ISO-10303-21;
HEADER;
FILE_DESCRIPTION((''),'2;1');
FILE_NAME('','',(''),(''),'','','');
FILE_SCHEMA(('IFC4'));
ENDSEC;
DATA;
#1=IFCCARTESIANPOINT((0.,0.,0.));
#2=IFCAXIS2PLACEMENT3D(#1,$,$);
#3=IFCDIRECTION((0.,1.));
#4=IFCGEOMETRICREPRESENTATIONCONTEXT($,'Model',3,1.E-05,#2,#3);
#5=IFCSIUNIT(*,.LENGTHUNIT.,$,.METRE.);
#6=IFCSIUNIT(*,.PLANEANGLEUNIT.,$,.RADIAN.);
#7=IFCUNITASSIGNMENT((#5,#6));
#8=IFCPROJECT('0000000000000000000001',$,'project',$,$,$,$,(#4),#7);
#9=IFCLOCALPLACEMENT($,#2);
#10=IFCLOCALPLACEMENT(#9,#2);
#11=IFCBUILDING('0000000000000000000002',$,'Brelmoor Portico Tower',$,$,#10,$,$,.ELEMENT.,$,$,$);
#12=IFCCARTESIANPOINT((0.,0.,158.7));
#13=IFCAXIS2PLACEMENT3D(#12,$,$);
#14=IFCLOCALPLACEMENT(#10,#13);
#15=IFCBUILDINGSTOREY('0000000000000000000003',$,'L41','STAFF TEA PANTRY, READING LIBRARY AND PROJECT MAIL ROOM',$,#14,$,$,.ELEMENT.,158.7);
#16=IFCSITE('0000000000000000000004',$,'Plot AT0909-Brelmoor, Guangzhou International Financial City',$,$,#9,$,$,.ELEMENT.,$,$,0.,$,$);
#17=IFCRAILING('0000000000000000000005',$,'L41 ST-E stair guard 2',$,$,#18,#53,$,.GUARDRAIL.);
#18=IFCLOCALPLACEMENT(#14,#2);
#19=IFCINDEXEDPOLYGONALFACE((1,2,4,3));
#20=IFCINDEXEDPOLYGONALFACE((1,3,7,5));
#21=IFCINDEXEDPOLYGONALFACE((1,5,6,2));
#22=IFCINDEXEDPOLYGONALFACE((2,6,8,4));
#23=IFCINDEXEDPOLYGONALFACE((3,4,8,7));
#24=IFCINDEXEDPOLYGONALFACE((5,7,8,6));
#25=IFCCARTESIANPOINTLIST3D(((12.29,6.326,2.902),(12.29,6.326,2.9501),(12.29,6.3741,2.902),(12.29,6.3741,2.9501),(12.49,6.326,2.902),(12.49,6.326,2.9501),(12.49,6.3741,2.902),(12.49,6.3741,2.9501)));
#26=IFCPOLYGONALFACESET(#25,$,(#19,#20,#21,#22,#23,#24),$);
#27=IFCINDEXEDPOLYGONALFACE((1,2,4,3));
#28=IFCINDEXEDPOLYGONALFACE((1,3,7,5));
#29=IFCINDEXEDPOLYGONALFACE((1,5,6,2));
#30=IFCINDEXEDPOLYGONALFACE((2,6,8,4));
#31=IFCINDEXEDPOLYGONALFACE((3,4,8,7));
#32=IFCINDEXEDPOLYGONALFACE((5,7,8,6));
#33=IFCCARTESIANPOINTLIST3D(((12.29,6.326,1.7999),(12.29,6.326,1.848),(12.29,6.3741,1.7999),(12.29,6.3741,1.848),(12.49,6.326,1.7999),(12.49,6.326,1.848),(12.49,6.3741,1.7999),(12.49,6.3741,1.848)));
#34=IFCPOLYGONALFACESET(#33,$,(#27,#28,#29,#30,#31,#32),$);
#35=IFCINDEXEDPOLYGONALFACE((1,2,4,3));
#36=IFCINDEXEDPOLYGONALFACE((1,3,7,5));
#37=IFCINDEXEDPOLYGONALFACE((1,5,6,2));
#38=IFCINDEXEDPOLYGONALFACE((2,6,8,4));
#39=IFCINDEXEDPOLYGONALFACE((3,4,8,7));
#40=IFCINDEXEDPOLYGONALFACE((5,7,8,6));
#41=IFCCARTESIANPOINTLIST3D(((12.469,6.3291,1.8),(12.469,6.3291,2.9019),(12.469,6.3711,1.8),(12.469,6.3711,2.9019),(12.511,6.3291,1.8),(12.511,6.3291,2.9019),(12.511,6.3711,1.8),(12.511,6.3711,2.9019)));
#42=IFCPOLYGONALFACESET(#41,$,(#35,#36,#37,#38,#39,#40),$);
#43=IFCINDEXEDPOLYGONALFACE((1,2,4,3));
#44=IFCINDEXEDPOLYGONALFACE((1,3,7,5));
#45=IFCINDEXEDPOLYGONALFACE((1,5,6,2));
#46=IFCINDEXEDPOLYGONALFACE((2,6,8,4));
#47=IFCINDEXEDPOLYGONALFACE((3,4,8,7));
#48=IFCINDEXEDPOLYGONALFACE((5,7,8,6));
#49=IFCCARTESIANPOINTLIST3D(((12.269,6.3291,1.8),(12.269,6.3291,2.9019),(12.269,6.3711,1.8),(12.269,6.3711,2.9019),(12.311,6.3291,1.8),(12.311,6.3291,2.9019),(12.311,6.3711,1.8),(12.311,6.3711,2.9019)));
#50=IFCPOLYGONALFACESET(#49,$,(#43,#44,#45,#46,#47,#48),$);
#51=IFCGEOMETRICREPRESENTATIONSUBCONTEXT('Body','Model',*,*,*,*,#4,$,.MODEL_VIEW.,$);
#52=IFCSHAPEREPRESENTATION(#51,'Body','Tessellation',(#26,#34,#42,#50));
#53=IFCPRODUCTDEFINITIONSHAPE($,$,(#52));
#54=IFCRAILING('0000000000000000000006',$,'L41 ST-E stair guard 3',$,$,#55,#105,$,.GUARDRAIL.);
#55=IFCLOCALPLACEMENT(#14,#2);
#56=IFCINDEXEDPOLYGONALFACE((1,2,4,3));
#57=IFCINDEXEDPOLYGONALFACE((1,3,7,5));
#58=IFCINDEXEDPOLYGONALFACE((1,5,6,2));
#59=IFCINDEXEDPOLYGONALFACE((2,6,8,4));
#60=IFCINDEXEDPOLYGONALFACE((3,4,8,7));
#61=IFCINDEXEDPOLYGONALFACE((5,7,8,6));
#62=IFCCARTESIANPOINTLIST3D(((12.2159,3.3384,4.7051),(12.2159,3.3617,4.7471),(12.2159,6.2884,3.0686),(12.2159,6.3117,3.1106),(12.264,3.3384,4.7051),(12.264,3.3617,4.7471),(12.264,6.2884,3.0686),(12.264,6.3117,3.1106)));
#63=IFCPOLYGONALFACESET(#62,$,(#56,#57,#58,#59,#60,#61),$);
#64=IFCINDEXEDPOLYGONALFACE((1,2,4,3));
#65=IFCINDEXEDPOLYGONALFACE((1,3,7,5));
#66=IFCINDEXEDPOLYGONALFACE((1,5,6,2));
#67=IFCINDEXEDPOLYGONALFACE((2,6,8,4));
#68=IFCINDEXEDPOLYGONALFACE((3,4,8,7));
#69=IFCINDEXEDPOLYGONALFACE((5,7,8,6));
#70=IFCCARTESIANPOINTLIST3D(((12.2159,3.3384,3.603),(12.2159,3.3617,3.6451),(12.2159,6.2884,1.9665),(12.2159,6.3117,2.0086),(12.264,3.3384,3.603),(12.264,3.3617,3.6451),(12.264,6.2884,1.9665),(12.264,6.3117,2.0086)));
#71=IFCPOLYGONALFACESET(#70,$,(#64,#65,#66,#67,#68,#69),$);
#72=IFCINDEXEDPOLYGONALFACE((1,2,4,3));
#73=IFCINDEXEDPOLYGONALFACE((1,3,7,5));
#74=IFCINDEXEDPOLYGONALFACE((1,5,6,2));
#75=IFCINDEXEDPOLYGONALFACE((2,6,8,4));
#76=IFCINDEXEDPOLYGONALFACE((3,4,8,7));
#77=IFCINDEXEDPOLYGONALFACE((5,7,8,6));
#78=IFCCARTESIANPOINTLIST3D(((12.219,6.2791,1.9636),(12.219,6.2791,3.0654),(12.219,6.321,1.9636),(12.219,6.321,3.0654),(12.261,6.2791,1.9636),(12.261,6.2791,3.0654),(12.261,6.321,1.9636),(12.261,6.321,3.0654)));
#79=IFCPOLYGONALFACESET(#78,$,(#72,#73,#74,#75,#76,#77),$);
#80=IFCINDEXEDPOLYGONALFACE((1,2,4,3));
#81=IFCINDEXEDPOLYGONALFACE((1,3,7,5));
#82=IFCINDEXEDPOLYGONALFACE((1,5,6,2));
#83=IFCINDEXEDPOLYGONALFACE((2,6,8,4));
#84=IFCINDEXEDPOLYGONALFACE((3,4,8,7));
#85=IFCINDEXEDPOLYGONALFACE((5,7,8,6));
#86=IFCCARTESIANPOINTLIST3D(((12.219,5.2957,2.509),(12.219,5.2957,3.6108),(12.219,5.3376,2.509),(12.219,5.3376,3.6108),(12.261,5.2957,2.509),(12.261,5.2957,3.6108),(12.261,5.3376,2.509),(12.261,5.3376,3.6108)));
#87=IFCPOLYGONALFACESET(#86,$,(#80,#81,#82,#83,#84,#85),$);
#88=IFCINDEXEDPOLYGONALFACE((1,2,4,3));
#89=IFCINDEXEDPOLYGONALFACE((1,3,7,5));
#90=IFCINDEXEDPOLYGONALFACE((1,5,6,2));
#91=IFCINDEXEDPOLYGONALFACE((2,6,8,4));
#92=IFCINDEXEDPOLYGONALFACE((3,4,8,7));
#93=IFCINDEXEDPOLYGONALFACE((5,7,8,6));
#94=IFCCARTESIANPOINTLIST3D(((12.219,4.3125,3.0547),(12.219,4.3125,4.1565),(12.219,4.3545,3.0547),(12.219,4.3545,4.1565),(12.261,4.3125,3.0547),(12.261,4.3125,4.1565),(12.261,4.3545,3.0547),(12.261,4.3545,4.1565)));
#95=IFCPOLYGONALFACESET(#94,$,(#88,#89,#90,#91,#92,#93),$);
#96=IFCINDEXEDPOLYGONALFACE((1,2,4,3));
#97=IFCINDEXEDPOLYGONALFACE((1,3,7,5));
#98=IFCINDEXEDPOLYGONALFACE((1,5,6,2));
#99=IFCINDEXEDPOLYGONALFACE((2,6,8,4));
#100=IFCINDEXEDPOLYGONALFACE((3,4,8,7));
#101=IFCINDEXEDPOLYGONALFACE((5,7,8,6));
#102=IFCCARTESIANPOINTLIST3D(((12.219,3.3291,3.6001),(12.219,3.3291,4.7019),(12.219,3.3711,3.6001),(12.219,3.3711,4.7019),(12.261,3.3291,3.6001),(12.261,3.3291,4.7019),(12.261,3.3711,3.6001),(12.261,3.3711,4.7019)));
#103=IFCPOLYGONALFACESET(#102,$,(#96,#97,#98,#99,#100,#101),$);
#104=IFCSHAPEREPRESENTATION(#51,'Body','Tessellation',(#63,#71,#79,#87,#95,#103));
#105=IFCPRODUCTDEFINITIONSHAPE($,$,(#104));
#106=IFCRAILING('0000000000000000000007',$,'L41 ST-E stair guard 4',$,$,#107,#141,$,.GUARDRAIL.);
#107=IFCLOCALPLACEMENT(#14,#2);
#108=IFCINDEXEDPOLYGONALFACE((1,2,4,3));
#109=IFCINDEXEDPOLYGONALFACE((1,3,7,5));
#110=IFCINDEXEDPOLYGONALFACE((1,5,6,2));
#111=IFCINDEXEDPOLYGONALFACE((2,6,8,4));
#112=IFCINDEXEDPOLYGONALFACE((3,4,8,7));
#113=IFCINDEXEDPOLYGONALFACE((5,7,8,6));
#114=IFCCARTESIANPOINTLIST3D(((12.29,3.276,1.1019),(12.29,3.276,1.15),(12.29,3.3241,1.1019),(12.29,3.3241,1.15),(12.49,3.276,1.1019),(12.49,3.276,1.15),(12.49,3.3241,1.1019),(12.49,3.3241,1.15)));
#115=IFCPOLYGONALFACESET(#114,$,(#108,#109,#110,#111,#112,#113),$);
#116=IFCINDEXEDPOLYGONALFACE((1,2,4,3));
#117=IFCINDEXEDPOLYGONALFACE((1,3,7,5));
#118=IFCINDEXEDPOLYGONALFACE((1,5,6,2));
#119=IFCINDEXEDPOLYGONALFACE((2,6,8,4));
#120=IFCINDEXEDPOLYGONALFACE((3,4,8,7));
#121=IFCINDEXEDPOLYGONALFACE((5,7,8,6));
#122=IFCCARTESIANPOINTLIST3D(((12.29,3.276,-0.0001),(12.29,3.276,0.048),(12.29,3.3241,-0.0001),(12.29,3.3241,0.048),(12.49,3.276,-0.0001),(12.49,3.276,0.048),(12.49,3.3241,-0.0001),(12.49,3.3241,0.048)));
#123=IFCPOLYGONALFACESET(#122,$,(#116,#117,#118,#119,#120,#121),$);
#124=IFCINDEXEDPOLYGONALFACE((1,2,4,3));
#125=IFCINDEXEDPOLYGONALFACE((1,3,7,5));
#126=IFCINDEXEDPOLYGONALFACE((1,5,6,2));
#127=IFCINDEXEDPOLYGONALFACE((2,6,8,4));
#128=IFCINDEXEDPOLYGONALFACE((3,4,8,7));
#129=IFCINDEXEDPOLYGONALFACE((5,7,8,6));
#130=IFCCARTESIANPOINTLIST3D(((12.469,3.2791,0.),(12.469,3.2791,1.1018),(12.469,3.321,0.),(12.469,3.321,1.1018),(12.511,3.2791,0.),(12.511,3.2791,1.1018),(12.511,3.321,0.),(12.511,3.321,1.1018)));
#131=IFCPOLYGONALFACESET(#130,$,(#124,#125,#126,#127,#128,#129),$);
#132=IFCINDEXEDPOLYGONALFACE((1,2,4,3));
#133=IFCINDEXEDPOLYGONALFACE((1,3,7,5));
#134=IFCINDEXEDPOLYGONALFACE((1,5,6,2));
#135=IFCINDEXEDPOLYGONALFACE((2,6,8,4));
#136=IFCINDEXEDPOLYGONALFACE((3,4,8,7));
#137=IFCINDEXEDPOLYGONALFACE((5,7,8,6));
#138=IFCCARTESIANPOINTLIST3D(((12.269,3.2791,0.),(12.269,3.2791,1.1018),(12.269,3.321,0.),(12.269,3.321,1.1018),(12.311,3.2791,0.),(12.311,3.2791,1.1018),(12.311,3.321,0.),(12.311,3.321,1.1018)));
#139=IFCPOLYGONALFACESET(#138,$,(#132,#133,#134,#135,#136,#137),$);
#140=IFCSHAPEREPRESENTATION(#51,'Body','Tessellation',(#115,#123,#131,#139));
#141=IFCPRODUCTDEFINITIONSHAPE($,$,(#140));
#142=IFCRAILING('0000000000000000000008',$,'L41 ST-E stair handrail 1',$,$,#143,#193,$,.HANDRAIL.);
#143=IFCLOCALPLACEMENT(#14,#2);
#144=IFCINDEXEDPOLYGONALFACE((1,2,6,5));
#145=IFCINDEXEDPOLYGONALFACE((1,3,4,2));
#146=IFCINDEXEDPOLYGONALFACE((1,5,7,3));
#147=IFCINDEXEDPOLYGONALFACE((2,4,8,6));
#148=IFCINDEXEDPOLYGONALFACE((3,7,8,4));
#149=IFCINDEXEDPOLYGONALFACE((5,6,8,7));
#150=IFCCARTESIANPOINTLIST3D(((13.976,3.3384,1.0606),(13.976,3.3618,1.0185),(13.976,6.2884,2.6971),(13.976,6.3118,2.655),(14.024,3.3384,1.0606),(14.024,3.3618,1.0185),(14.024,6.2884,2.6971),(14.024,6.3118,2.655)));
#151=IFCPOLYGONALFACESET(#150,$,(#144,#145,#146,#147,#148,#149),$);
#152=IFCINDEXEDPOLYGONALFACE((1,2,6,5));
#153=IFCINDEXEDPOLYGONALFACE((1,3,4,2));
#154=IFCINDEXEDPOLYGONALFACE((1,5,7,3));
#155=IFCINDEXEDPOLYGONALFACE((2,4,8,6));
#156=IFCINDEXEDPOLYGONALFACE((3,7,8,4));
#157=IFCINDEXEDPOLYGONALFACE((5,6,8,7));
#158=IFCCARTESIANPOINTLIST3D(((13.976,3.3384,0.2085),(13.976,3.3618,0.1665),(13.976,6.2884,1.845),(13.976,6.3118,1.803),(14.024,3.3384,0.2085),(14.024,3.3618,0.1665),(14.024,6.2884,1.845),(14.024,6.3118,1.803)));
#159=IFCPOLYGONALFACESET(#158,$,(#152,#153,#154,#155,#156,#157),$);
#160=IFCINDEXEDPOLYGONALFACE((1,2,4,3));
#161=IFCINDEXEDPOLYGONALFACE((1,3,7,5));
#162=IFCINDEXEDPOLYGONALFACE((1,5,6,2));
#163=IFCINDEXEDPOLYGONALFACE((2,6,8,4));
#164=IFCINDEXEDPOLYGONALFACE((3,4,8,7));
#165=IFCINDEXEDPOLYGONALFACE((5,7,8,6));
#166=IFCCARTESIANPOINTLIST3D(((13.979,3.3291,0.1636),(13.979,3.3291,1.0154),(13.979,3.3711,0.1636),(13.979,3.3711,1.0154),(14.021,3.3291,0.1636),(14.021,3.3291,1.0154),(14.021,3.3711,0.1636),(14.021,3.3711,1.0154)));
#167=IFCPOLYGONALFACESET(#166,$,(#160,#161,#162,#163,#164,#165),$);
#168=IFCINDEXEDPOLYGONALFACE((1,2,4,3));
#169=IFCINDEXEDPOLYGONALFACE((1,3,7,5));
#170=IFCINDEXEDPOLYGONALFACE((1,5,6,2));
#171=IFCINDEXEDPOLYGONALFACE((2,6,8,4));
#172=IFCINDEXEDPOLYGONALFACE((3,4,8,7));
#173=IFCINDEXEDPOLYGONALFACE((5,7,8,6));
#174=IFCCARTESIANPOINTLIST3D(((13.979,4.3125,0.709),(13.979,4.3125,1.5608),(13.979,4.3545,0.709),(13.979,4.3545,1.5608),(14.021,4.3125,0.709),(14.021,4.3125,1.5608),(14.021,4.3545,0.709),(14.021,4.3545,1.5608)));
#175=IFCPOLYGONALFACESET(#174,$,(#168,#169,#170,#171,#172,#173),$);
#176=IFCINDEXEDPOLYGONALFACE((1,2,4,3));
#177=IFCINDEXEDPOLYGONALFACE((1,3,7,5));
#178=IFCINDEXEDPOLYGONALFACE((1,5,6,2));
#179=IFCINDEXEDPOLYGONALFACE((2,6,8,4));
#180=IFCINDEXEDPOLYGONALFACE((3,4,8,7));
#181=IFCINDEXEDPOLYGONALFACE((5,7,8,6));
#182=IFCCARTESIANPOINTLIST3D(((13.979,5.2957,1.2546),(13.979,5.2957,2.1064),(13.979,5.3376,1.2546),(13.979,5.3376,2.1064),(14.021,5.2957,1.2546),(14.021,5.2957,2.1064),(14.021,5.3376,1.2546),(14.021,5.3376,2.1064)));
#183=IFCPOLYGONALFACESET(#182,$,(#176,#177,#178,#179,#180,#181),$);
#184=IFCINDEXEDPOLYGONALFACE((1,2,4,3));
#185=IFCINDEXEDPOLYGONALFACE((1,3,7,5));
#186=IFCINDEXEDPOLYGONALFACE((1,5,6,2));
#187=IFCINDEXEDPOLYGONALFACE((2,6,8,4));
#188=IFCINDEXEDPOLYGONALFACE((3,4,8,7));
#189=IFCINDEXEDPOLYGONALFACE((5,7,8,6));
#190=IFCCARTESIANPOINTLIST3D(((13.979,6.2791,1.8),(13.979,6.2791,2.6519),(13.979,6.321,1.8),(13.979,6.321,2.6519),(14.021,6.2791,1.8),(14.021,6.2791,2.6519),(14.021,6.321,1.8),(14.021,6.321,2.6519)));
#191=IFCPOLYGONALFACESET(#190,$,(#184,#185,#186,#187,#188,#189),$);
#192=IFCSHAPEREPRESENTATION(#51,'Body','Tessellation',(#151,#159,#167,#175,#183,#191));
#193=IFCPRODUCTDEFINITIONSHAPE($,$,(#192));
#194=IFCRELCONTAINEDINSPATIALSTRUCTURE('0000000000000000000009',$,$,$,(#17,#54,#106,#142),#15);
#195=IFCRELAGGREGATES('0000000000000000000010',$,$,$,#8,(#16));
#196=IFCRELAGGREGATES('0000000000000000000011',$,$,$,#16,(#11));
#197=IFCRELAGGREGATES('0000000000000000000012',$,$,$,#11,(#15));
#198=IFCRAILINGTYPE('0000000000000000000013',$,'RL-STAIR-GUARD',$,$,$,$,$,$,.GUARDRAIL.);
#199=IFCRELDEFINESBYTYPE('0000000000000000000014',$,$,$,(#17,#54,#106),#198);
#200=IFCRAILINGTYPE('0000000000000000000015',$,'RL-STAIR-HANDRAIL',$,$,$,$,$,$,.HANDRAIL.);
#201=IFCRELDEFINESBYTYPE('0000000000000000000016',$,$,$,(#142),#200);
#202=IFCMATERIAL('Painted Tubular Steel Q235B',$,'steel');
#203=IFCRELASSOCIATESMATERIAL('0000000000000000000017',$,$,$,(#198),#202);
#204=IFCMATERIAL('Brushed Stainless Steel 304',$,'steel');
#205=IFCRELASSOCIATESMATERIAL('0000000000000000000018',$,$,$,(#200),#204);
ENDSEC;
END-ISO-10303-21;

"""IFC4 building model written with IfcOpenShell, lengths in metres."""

from ifc_helpers import new_model, si_unit, direction, frame, origin, origin_2d, place, context, subcontext, project, spatial, rectangle, extrude, material, type_object, element, save


model = new_model("IFC4")

# Units and contexts
model_context = context("Model", 3, precision=1e-05, world=origin(), true_north=direction((0.0, 1.0)))
body_context = subcontext(model_context, "Body", "Model", "MODEL_VIEW")
ifc_project = project(units=[si_unit("LENGTHUNIT", "METRE"), si_unit("PLANEANGLEUNIT", "RADIAN")], contexts=[model_context])

# Site, building, storey
site_placement = place(None, origin())
site = spatial("IfcSite", under=ifc_project, at=site_placement, Name="Plot AT0909-Brelmoor, Guangzhou International Financial City", CompositionType="ELEMENT", RefElevation=0.0)
building_placement = place(site_placement, origin())
building = spatial("IfcBuilding", under=site, at=building_placement, Name="Brelmoor Portico Tower", CompositionType="ELEMENT")
storey_placement = place(building_placement, frame((0.0, 0.0, 158.7)))
storey = spatial("IfcBuildingStorey", under=building, at=storey_placement, Name="L41", Description="STAFF TEA PANTRY, READING LIBRARY AND PROJECT MAIL ROOM", CompositionType="ELEMENT", Elevation=158.7)

# Railings
ifc_material_1 = material(Name="Painted Tubular Steel Q235B", Category="steel")
railing_type_1 = type_object("IfcRailingType", Name="RL-STAIR-GUARD", PredefinedType="GUARDRAIL", material=ifc_material_1)
railing_1_placement = place(storey_placement, frame((12.49, 6.3501, 1.8)))
element("IfcRailing", 1, at=railing_1_placement, inside=storey, type_object=railing_type_1, Name="L41 ST-E stair guard 2", PredefinedType="GUARDRAIL", context=body_context, shape_type="SweptSolid", body=[
    extrude(rectangle(XDim=0.0481, YDim=0.0481, at=origin_2d()), frame((0.0, 0.0, 1.126), z_axis=(-1.0, 0.0, 0.0), x_axis=(0.0, -1.0, 0.0)), (0.0, 0.0, 1.0), 0.2),
    extrude(rectangle(XDim=0.0481, YDim=0.0481, at=origin_2d()), frame((0.0, 0.0, 0.0239), z_axis=(-1.0, 0.0, 0.0), x_axis=(0.0, -1.0, 0.0)), (0.0, 0.0, 1.0), 0.2),
    extrude(rectangle(XDim=0.042, YDim=0.042, at=origin_2d()), origin(), (0.0, 0.0, 1.0), 1.1018),
    extrude(rectangle(XDim=0.042, YDim=0.042, at=origin_2d()), frame((-0.2, 0.0, 0.0)), (0.0, 0.0, 1.0), 1.1018),
])
railing_2_placement = place(storey_placement, frame((12.24, 6.3, 1.9636)))
element("IfcRailing", 2, at=railing_2_placement, inside=storey, type_object=railing_type_1, Name="L41 ST-E stair guard 3", PredefinedType="GUARDRAIL", context=body_context, shape_type="SweptSolid", body=[
    extrude(rectangle(XDim=0.0481, YDim=0.0481, at=origin_2d()), frame((0.0, 0.0, 1.126), z_axis=(0.0, -0.874458, 0.485102), x_axis=(1.0, 0.0, 0.0)), (0.0, 0.0, 1.0), 3.3735),
    extrude(rectangle(XDim=0.0481, YDim=0.0481, at=origin_2d()), frame((0.0, 0.0, 0.0239), z_axis=(0.0, -0.874458, 0.485102), x_axis=(1.0, 0.0, 0.0)), (0.0, 0.0, 1.0), 3.3735),
    extrude(rectangle(XDim=0.042, YDim=0.042, at=origin_2d()), origin(), (0.0, 0.0, 1.0), 1.1018),
    extrude(rectangle(XDim=0.042, YDim=0.042, at=origin_2d()), frame((0.0, -0.9834, 0.5454)), (0.0, 0.0, 1.0), 1.1018),
    extrude(rectangle(XDim=0.042, YDim=0.042, at=origin_2d()), frame((0.0, -1.9666, 1.0911)), (0.0, 0.0, 1.0), 1.1018),
    extrude(rectangle(XDim=0.042, YDim=0.042, at=origin_2d()), frame((0.0, -2.95, 1.6365)), (0.0, 0.0, 1.0), 1.1018),
])
railing_3_placement = place(storey_placement, frame((12.49, 3.3, 0.0)))
element("IfcRailing", 3, at=railing_3_placement, inside=storey, type_object=railing_type_1, Name="L41 ST-E stair guard 4", PredefinedType="GUARDRAIL", context=body_context, shape_type="SweptSolid", body=[
    extrude(rectangle(XDim=0.0481, YDim=0.0481, at=origin_2d()), frame((0.0, 0.0, 1.126), z_axis=(-1.0, 0.0, 0.0), x_axis=(0.0, -1.0, 0.0)), (0.0, 0.0, 1.0), 0.2),
    extrude(rectangle(XDim=0.0481, YDim=0.0481, at=origin_2d()), frame((0.0, 0.0, 0.0239), z_axis=(-1.0, 0.0, 0.0), x_axis=(0.0, -1.0, 0.0)), (0.0, 0.0, 1.0), 0.2),
    extrude(rectangle(XDim=0.042, YDim=0.042, at=origin_2d()), origin(), (0.0, 0.0, 1.0), 1.1018),
    extrude(rectangle(XDim=0.042, YDim=0.042, at=origin_2d()), frame((-0.2, 0.0, 0.0)), (0.0, 0.0, 1.0), 1.1018),
])
ifc_material_2 = material(Name="Brushed Stainless Steel 304", Category="steel")
railing_type_2 = type_object("IfcRailingType", Name="RL-STAIR-HANDRAIL", PredefinedType="HANDRAIL", material=ifc_material_2)
railing_4_placement = place(storey_placement, frame((14.0, 3.3501, 0.1636)))
element("IfcRailing", 4, at=railing_4_placement, inside=storey, type_object=railing_type_2, Name="L41 ST-E stair handrail 1", PredefinedType="HANDRAIL", context=body_context, shape_type="SweptSolid", body=[
    extrude(rectangle(XDim=0.0481, YDim=0.0481, at=origin_2d()), frame((0.0, 0.0, 0.876), z_axis=(0.0, 0.874458, 0.485102), x_axis=(-1.0, 0.0, 0.0)), (0.0, 0.0, 1.0), 3.3735),
    extrude(rectangle(XDim=0.0481, YDim=0.0481, at=origin_2d()), frame((0.0, 0.0, 0.0239), z_axis=(0.0, 0.874458, 0.485102), x_axis=(-1.0, 0.0, 0.0)), (0.0, 0.0, 1.0), 3.3735),
    extrude(rectangle(XDim=0.042, YDim=0.042, at=origin_2d()), origin(), (0.0, 0.0, 1.0), 0.8518),
    extrude(rectangle(XDim=0.042, YDim=0.042, at=origin_2d()), frame((0.0, 0.9834, 0.5454)), (0.0, 0.0, 1.0), 0.8518),
    extrude(rectangle(XDim=0.042, YDim=0.042, at=origin_2d()), frame((0.0, 1.9666, 1.0911)), (0.0, 0.0, 1.0), 0.8518),
    extrude(rectangle(XDim=0.042, YDim=0.042, at=origin_2d()), frame((0.0, 2.95, 1.6365)), (0.0, 0.0, 1.0), 0.8518),
])

save(model, "model.ifc")
